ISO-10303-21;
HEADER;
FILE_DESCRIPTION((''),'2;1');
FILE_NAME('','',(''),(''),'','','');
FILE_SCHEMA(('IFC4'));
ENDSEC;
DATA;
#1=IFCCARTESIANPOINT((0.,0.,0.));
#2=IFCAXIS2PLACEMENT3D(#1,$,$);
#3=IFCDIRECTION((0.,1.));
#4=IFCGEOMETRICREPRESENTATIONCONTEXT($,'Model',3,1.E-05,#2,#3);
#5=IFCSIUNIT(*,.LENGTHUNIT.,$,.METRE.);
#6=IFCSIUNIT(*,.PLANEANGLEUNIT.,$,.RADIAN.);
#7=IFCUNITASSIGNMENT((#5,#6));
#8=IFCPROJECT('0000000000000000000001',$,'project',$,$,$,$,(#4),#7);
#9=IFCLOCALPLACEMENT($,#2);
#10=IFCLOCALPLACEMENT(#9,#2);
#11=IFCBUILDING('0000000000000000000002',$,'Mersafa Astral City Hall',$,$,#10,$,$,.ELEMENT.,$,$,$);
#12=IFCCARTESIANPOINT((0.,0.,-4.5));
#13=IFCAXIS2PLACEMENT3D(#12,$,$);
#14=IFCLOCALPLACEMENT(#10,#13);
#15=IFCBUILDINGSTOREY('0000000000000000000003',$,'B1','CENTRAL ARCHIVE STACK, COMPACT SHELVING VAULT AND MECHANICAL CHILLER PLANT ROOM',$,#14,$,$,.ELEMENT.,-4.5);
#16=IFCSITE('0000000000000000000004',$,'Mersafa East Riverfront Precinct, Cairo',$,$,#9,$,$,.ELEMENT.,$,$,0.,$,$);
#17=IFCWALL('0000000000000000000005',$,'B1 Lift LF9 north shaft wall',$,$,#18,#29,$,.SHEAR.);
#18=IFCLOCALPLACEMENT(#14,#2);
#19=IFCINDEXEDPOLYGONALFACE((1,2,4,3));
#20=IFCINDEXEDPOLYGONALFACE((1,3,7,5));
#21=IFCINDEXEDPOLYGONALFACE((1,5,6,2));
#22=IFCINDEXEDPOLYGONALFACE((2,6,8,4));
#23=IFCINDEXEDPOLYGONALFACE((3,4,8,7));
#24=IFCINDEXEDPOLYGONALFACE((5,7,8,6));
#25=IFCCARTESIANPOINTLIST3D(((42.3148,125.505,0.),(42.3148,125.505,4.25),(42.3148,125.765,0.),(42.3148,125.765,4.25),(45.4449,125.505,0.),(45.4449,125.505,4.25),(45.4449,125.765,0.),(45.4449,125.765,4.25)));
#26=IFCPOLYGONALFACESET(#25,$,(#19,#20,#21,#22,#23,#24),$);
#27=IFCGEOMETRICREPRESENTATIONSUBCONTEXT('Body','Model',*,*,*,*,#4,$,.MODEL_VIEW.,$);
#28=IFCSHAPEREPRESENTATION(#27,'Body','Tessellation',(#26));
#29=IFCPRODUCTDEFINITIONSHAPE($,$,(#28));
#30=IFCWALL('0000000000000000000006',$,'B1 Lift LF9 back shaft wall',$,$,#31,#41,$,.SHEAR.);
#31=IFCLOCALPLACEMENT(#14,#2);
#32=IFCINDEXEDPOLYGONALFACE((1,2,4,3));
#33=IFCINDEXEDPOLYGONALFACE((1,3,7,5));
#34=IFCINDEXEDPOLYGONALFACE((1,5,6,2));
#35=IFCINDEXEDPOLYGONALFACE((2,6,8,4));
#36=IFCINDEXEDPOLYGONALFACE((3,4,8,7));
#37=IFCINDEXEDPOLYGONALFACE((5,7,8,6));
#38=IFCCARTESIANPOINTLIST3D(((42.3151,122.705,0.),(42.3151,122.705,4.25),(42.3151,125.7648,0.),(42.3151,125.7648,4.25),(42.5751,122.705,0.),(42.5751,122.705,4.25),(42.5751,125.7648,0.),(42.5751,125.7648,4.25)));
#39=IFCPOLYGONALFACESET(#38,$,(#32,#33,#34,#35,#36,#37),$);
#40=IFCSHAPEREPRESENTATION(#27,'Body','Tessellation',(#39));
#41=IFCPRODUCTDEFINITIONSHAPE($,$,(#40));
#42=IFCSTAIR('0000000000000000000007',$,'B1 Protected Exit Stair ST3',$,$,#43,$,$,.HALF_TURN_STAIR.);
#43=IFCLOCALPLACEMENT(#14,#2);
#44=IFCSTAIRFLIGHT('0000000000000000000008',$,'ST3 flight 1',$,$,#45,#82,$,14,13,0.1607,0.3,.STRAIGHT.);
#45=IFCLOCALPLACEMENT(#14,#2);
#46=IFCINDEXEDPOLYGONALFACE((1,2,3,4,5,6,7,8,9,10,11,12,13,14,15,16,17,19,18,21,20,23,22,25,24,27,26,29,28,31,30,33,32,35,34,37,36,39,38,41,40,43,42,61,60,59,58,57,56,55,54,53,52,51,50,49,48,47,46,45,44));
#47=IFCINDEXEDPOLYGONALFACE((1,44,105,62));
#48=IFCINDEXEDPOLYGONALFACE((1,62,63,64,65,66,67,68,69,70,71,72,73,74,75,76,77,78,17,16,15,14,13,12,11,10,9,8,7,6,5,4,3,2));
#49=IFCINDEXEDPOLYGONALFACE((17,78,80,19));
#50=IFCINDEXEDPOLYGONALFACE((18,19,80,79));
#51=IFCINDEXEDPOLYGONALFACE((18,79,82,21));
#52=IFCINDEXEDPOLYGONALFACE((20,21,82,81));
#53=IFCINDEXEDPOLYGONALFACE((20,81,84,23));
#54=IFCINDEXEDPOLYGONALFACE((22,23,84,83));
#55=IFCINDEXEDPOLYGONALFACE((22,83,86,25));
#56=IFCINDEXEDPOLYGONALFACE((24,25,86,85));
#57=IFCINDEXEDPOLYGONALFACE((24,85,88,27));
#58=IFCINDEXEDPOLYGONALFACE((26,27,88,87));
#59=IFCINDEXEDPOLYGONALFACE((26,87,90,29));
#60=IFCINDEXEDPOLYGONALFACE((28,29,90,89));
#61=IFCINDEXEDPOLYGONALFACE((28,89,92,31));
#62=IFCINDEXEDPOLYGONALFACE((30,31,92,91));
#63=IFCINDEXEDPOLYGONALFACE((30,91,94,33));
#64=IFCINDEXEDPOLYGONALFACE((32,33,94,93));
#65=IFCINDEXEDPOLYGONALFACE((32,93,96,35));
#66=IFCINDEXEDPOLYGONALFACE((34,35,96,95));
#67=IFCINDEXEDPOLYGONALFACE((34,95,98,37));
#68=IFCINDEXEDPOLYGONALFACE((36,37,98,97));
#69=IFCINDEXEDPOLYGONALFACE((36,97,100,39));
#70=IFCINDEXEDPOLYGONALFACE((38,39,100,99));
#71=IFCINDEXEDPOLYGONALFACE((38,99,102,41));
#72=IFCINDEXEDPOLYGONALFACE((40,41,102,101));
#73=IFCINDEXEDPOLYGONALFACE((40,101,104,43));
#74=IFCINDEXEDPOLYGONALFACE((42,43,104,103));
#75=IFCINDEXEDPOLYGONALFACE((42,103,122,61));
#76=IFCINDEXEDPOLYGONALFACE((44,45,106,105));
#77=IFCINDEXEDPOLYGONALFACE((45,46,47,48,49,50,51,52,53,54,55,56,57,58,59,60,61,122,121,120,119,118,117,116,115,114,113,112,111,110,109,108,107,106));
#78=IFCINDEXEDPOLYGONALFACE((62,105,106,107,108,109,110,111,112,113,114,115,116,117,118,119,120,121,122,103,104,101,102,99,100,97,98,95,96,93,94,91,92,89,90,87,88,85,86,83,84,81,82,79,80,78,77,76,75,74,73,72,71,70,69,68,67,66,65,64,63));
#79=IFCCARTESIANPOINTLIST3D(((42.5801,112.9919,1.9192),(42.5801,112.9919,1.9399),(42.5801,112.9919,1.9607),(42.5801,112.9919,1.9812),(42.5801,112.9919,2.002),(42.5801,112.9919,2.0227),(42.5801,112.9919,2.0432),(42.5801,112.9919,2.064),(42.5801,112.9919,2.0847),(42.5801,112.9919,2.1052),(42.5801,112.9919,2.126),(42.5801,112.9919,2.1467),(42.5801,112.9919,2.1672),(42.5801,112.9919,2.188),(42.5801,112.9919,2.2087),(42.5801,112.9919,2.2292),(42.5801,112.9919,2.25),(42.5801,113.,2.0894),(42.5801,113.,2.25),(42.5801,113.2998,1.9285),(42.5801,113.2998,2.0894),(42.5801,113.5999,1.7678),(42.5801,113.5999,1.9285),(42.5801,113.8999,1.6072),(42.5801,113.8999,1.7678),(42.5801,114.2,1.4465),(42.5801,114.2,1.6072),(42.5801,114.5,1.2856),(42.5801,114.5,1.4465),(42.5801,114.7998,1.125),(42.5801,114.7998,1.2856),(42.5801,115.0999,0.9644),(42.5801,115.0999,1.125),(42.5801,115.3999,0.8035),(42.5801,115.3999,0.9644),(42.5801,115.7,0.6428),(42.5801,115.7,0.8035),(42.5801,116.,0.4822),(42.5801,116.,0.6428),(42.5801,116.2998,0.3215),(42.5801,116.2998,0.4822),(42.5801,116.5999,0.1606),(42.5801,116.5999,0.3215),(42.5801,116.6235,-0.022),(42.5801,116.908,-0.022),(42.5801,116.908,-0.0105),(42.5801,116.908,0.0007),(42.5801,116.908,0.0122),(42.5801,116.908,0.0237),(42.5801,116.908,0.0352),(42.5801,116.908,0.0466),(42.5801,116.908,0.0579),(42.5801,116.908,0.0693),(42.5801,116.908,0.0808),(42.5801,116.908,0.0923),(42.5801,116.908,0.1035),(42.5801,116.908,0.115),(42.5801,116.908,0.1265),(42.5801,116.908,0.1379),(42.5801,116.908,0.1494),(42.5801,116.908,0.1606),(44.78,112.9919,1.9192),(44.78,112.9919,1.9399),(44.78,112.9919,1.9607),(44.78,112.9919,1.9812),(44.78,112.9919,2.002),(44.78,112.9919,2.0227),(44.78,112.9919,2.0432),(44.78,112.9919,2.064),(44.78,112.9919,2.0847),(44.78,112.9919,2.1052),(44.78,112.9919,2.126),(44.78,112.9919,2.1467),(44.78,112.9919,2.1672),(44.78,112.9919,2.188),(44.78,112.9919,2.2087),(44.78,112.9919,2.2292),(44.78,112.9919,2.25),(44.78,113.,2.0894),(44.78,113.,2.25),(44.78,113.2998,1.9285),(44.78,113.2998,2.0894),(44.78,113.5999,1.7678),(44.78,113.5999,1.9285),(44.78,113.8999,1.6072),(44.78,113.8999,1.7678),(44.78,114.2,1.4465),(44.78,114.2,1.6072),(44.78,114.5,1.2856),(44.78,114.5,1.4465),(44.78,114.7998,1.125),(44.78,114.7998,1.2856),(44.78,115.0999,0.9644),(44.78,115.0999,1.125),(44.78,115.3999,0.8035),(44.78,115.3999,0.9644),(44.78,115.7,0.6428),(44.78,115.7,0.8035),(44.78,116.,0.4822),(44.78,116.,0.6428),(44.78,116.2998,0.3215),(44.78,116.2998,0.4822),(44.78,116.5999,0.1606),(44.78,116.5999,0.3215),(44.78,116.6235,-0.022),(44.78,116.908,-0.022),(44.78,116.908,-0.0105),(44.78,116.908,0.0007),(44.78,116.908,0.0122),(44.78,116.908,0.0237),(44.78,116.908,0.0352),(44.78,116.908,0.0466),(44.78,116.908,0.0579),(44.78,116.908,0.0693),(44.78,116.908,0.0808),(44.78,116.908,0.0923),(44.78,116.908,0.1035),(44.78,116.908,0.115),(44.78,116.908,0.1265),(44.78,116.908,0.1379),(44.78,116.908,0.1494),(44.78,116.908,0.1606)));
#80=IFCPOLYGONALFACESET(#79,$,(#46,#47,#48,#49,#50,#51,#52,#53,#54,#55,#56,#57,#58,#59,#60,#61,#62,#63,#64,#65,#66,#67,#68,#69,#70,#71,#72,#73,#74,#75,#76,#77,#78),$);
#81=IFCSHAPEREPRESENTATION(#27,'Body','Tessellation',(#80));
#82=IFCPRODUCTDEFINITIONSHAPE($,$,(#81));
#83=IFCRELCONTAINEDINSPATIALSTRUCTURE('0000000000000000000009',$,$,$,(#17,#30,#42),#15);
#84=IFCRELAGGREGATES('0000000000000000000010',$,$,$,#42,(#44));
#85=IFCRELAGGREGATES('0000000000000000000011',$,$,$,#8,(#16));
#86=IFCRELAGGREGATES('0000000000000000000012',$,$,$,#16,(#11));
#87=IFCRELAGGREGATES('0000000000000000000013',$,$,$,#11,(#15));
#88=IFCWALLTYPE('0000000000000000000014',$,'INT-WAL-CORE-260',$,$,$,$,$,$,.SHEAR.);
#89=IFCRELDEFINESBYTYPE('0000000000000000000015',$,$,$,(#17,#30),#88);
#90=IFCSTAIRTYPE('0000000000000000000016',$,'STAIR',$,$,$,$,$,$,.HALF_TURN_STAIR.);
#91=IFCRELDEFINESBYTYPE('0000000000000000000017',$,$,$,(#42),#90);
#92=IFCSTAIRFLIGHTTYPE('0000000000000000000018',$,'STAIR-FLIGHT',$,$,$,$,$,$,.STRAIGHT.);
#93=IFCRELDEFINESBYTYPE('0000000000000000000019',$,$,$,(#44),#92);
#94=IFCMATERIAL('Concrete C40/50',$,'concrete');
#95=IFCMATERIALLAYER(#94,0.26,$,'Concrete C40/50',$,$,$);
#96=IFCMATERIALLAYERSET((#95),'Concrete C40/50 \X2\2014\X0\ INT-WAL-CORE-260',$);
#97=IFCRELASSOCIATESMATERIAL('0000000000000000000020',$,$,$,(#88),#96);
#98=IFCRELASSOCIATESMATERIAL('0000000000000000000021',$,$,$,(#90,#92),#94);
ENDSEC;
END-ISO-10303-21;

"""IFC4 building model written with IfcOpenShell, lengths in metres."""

from ifc_helpers import new_model, si_unit, direction, frame, frame_2d, origin, place, context, subcontext, project, spatial, polyline, rectangle, outline, extrude, material, layer, layer_set, type_object, element, aggregate, save


model = new_model("IFC4")

# Units and contexts
model_context = context("Model", 3, precision=1e-05, world=origin(), true_north=direction((0.0, 1.0)))
body_context = subcontext(model_context, "Body", "Model", "MODEL_VIEW")
ifc_project = project(units=[si_unit("LENGTHUNIT", "METRE"), si_unit("PLANEANGLEUNIT", "RADIAN")], contexts=[model_context])

# Site, building, storey
site_placement = place(None, origin())
site = spatial("IfcSite", under=ifc_project, at=site_placement, Name="Mersafa East Riverfront Precinct, Cairo", CompositionType="ELEMENT", RefElevation=0.0)
building_placement = place(site_placement, origin())
building = spatial("IfcBuilding", under=site, at=building_placement, Name="Mersafa Astral City Hall", CompositionType="ELEMENT")
storey_placement = place(building_placement, frame((0.0, 0.0, -4.5)))
storey = spatial("IfcBuildingStorey", under=building, at=storey_placement, Name="B1", Description="CENTRAL ARCHIVE STACK, COMPACT SHELVING VAULT AND MECHANICAL CHILLER PLANT ROOM", CompositionType="ELEMENT", Elevation=-4.5)

# Shared definitions
ifc_material_1 = material(Name="Concrete C40/50", Category="concrete")

# Walls
ifc_layer_1 = layer(ifc_material_1, 0.26, Name="Concrete C40/50")
ifc_layer_set_1 = layer_set([ifc_layer_1], Name="Concrete C40/50 — INT-WAL-CORE-260")
wall_type_1 = type_object("IfcWallType", Name="INT-WAL-CORE-260", PredefinedType="SHEAR", material=ifc_layer_set_1)
wall_1_placement = place(storey_placement, frame((42.3149, 125.635, 0.0), z_axis=(0.0, 0.0, 1.0), x_axis=(1.0, 0.0, 0.0)))
element("IfcWall", 1, at=wall_1_placement, inside=storey, type_object=wall_type_1, Name="B1 Lift LF9 north shaft wall", PredefinedType="SHEAR", context=body_context, shape_type="SweptSolid", body=[
    extrude(rectangle(XDim=3.1301, YDim=0.26, at=frame_2d((1.5649, 0.0))), origin(), (0.0, 0.0, 1.0), 4.25),
])
wall_2_placement = place(storey_placement, frame((42.4451, 122.7051, 0.0), z_axis=(0.0, 0.0, 1.0), x_axis=(0.0, 1.0, 0.0)))
element("IfcWall", 2, at=wall_2_placement, inside=storey, type_object=wall_type_1, Name="B1 Lift LF9 back shaft wall", PredefinedType="SHEAR", context=body_context, shape_type="SweptSolid", body=[
    extrude(rectangle(XDim=3.0598, YDim=0.26, at=frame_2d((1.5298, 0.0))), origin(), (0.0, 0.0, 1.0), 4.25),
])

# Stair, stair flight
stair_type = type_object("IfcStairType", Name="STAIR", PredefinedType="HALF_TURN_STAIR", material=ifc_material_1)
stair_placement = place(storey_placement, origin())
stair = element("IfcStair", 3, at=stair_placement, inside=storey, type_object=stair_type, Name="B1 Protected Exit Stair ST3", PredefinedType="HALF_TURN_STAIR")
stair_flight_type = type_object("IfcStairFlightType", Name="STAIR-FLIGHT", PredefinedType="STRAIGHT", material=ifc_material_1)
stair_flight_placement = place(storey_placement, frame((43.6799, 116.8999, 0.0), z_axis=(0.0, 0.0, 1.0), x_axis=(0.0, -1.0, 0.0)))
stair_flight = element("IfcStairFlight", 4, at=stair_flight_placement, type_object=stair_flight_type, Name="ST3 flight 1", NumberOfRisers=14, NumberOfTreads=13, PredefinedType="STRAIGHT", RiserHeight=0.1607, TreadLength=0.3, context=body_context, shape_type="SweptSolid", body=[
    extrude(outline(polyline([(-0.0081, -0.022), (-0.0081, -0.0105), (-0.0081, 0.0007), (-0.0081, 0.0122), (-0.0081, 0.0237), (-0.0081, 0.0352), (-0.0081, 0.0466), (-0.0081, 0.0579), (-0.0081, 0.0693), (-0.0081, 0.0808), (-0.0081, 0.0923), (-0.0081, 0.1035), (-0.0081, 0.115), (-0.0081, 0.1265), (-0.0081, 0.1379), (-0.0081, 0.1494), (-0.0081, 0.1606), (0.3, 0.1606), (0.3, 0.3215), (0.6001, 0.3215), (0.6001, 0.4822), (0.8999, 0.4822), (0.8999, 0.6428), (1.2, 0.6428), (1.2, 0.8035), (1.5, 0.8035), (1.5, 0.9644), (1.8, 0.9644), (1.8, 1.125), (2.1001, 1.125), (2.1001, 1.2856), (2.3999, 1.2856), (2.3999, 1.4465), (2.7, 1.4465), (2.7, 1.6072), (3.0, 1.6072), (3.0, 1.7678), (3.3, 1.7678), (3.3, 1.9285), (3.6001, 1.9285), (3.6001, 2.0894), (3.8999, 2.0894), (3.8999, 2.25), (3.908, 2.25), (3.908, 2.2292), (3.908, 2.2087), (3.908, 2.188), (3.908, 2.1672), (3.908, 2.1467), (3.908, 2.126), (3.908, 2.1052), (3.908, 2.0847), (3.908, 2.064), (3.908, 2.0432), (3.908, 2.0227), (3.908, 2.002), (3.908, 1.9812), (3.908, 1.9607), (3.908, 1.9399), (3.908, 1.9192), (0.2764, -0.022), (-0.0081, -0.022)])), frame((0.0, 1.1001, 0.0), z_axis=(0.0, -1.0, 0.0), x_axis=(1.0, 0.0, 0.0)), (0.0, 0.0, 1.0), 2.2),
])
aggregate(stair, [stair_flight])

save(model, "model.ifc")
